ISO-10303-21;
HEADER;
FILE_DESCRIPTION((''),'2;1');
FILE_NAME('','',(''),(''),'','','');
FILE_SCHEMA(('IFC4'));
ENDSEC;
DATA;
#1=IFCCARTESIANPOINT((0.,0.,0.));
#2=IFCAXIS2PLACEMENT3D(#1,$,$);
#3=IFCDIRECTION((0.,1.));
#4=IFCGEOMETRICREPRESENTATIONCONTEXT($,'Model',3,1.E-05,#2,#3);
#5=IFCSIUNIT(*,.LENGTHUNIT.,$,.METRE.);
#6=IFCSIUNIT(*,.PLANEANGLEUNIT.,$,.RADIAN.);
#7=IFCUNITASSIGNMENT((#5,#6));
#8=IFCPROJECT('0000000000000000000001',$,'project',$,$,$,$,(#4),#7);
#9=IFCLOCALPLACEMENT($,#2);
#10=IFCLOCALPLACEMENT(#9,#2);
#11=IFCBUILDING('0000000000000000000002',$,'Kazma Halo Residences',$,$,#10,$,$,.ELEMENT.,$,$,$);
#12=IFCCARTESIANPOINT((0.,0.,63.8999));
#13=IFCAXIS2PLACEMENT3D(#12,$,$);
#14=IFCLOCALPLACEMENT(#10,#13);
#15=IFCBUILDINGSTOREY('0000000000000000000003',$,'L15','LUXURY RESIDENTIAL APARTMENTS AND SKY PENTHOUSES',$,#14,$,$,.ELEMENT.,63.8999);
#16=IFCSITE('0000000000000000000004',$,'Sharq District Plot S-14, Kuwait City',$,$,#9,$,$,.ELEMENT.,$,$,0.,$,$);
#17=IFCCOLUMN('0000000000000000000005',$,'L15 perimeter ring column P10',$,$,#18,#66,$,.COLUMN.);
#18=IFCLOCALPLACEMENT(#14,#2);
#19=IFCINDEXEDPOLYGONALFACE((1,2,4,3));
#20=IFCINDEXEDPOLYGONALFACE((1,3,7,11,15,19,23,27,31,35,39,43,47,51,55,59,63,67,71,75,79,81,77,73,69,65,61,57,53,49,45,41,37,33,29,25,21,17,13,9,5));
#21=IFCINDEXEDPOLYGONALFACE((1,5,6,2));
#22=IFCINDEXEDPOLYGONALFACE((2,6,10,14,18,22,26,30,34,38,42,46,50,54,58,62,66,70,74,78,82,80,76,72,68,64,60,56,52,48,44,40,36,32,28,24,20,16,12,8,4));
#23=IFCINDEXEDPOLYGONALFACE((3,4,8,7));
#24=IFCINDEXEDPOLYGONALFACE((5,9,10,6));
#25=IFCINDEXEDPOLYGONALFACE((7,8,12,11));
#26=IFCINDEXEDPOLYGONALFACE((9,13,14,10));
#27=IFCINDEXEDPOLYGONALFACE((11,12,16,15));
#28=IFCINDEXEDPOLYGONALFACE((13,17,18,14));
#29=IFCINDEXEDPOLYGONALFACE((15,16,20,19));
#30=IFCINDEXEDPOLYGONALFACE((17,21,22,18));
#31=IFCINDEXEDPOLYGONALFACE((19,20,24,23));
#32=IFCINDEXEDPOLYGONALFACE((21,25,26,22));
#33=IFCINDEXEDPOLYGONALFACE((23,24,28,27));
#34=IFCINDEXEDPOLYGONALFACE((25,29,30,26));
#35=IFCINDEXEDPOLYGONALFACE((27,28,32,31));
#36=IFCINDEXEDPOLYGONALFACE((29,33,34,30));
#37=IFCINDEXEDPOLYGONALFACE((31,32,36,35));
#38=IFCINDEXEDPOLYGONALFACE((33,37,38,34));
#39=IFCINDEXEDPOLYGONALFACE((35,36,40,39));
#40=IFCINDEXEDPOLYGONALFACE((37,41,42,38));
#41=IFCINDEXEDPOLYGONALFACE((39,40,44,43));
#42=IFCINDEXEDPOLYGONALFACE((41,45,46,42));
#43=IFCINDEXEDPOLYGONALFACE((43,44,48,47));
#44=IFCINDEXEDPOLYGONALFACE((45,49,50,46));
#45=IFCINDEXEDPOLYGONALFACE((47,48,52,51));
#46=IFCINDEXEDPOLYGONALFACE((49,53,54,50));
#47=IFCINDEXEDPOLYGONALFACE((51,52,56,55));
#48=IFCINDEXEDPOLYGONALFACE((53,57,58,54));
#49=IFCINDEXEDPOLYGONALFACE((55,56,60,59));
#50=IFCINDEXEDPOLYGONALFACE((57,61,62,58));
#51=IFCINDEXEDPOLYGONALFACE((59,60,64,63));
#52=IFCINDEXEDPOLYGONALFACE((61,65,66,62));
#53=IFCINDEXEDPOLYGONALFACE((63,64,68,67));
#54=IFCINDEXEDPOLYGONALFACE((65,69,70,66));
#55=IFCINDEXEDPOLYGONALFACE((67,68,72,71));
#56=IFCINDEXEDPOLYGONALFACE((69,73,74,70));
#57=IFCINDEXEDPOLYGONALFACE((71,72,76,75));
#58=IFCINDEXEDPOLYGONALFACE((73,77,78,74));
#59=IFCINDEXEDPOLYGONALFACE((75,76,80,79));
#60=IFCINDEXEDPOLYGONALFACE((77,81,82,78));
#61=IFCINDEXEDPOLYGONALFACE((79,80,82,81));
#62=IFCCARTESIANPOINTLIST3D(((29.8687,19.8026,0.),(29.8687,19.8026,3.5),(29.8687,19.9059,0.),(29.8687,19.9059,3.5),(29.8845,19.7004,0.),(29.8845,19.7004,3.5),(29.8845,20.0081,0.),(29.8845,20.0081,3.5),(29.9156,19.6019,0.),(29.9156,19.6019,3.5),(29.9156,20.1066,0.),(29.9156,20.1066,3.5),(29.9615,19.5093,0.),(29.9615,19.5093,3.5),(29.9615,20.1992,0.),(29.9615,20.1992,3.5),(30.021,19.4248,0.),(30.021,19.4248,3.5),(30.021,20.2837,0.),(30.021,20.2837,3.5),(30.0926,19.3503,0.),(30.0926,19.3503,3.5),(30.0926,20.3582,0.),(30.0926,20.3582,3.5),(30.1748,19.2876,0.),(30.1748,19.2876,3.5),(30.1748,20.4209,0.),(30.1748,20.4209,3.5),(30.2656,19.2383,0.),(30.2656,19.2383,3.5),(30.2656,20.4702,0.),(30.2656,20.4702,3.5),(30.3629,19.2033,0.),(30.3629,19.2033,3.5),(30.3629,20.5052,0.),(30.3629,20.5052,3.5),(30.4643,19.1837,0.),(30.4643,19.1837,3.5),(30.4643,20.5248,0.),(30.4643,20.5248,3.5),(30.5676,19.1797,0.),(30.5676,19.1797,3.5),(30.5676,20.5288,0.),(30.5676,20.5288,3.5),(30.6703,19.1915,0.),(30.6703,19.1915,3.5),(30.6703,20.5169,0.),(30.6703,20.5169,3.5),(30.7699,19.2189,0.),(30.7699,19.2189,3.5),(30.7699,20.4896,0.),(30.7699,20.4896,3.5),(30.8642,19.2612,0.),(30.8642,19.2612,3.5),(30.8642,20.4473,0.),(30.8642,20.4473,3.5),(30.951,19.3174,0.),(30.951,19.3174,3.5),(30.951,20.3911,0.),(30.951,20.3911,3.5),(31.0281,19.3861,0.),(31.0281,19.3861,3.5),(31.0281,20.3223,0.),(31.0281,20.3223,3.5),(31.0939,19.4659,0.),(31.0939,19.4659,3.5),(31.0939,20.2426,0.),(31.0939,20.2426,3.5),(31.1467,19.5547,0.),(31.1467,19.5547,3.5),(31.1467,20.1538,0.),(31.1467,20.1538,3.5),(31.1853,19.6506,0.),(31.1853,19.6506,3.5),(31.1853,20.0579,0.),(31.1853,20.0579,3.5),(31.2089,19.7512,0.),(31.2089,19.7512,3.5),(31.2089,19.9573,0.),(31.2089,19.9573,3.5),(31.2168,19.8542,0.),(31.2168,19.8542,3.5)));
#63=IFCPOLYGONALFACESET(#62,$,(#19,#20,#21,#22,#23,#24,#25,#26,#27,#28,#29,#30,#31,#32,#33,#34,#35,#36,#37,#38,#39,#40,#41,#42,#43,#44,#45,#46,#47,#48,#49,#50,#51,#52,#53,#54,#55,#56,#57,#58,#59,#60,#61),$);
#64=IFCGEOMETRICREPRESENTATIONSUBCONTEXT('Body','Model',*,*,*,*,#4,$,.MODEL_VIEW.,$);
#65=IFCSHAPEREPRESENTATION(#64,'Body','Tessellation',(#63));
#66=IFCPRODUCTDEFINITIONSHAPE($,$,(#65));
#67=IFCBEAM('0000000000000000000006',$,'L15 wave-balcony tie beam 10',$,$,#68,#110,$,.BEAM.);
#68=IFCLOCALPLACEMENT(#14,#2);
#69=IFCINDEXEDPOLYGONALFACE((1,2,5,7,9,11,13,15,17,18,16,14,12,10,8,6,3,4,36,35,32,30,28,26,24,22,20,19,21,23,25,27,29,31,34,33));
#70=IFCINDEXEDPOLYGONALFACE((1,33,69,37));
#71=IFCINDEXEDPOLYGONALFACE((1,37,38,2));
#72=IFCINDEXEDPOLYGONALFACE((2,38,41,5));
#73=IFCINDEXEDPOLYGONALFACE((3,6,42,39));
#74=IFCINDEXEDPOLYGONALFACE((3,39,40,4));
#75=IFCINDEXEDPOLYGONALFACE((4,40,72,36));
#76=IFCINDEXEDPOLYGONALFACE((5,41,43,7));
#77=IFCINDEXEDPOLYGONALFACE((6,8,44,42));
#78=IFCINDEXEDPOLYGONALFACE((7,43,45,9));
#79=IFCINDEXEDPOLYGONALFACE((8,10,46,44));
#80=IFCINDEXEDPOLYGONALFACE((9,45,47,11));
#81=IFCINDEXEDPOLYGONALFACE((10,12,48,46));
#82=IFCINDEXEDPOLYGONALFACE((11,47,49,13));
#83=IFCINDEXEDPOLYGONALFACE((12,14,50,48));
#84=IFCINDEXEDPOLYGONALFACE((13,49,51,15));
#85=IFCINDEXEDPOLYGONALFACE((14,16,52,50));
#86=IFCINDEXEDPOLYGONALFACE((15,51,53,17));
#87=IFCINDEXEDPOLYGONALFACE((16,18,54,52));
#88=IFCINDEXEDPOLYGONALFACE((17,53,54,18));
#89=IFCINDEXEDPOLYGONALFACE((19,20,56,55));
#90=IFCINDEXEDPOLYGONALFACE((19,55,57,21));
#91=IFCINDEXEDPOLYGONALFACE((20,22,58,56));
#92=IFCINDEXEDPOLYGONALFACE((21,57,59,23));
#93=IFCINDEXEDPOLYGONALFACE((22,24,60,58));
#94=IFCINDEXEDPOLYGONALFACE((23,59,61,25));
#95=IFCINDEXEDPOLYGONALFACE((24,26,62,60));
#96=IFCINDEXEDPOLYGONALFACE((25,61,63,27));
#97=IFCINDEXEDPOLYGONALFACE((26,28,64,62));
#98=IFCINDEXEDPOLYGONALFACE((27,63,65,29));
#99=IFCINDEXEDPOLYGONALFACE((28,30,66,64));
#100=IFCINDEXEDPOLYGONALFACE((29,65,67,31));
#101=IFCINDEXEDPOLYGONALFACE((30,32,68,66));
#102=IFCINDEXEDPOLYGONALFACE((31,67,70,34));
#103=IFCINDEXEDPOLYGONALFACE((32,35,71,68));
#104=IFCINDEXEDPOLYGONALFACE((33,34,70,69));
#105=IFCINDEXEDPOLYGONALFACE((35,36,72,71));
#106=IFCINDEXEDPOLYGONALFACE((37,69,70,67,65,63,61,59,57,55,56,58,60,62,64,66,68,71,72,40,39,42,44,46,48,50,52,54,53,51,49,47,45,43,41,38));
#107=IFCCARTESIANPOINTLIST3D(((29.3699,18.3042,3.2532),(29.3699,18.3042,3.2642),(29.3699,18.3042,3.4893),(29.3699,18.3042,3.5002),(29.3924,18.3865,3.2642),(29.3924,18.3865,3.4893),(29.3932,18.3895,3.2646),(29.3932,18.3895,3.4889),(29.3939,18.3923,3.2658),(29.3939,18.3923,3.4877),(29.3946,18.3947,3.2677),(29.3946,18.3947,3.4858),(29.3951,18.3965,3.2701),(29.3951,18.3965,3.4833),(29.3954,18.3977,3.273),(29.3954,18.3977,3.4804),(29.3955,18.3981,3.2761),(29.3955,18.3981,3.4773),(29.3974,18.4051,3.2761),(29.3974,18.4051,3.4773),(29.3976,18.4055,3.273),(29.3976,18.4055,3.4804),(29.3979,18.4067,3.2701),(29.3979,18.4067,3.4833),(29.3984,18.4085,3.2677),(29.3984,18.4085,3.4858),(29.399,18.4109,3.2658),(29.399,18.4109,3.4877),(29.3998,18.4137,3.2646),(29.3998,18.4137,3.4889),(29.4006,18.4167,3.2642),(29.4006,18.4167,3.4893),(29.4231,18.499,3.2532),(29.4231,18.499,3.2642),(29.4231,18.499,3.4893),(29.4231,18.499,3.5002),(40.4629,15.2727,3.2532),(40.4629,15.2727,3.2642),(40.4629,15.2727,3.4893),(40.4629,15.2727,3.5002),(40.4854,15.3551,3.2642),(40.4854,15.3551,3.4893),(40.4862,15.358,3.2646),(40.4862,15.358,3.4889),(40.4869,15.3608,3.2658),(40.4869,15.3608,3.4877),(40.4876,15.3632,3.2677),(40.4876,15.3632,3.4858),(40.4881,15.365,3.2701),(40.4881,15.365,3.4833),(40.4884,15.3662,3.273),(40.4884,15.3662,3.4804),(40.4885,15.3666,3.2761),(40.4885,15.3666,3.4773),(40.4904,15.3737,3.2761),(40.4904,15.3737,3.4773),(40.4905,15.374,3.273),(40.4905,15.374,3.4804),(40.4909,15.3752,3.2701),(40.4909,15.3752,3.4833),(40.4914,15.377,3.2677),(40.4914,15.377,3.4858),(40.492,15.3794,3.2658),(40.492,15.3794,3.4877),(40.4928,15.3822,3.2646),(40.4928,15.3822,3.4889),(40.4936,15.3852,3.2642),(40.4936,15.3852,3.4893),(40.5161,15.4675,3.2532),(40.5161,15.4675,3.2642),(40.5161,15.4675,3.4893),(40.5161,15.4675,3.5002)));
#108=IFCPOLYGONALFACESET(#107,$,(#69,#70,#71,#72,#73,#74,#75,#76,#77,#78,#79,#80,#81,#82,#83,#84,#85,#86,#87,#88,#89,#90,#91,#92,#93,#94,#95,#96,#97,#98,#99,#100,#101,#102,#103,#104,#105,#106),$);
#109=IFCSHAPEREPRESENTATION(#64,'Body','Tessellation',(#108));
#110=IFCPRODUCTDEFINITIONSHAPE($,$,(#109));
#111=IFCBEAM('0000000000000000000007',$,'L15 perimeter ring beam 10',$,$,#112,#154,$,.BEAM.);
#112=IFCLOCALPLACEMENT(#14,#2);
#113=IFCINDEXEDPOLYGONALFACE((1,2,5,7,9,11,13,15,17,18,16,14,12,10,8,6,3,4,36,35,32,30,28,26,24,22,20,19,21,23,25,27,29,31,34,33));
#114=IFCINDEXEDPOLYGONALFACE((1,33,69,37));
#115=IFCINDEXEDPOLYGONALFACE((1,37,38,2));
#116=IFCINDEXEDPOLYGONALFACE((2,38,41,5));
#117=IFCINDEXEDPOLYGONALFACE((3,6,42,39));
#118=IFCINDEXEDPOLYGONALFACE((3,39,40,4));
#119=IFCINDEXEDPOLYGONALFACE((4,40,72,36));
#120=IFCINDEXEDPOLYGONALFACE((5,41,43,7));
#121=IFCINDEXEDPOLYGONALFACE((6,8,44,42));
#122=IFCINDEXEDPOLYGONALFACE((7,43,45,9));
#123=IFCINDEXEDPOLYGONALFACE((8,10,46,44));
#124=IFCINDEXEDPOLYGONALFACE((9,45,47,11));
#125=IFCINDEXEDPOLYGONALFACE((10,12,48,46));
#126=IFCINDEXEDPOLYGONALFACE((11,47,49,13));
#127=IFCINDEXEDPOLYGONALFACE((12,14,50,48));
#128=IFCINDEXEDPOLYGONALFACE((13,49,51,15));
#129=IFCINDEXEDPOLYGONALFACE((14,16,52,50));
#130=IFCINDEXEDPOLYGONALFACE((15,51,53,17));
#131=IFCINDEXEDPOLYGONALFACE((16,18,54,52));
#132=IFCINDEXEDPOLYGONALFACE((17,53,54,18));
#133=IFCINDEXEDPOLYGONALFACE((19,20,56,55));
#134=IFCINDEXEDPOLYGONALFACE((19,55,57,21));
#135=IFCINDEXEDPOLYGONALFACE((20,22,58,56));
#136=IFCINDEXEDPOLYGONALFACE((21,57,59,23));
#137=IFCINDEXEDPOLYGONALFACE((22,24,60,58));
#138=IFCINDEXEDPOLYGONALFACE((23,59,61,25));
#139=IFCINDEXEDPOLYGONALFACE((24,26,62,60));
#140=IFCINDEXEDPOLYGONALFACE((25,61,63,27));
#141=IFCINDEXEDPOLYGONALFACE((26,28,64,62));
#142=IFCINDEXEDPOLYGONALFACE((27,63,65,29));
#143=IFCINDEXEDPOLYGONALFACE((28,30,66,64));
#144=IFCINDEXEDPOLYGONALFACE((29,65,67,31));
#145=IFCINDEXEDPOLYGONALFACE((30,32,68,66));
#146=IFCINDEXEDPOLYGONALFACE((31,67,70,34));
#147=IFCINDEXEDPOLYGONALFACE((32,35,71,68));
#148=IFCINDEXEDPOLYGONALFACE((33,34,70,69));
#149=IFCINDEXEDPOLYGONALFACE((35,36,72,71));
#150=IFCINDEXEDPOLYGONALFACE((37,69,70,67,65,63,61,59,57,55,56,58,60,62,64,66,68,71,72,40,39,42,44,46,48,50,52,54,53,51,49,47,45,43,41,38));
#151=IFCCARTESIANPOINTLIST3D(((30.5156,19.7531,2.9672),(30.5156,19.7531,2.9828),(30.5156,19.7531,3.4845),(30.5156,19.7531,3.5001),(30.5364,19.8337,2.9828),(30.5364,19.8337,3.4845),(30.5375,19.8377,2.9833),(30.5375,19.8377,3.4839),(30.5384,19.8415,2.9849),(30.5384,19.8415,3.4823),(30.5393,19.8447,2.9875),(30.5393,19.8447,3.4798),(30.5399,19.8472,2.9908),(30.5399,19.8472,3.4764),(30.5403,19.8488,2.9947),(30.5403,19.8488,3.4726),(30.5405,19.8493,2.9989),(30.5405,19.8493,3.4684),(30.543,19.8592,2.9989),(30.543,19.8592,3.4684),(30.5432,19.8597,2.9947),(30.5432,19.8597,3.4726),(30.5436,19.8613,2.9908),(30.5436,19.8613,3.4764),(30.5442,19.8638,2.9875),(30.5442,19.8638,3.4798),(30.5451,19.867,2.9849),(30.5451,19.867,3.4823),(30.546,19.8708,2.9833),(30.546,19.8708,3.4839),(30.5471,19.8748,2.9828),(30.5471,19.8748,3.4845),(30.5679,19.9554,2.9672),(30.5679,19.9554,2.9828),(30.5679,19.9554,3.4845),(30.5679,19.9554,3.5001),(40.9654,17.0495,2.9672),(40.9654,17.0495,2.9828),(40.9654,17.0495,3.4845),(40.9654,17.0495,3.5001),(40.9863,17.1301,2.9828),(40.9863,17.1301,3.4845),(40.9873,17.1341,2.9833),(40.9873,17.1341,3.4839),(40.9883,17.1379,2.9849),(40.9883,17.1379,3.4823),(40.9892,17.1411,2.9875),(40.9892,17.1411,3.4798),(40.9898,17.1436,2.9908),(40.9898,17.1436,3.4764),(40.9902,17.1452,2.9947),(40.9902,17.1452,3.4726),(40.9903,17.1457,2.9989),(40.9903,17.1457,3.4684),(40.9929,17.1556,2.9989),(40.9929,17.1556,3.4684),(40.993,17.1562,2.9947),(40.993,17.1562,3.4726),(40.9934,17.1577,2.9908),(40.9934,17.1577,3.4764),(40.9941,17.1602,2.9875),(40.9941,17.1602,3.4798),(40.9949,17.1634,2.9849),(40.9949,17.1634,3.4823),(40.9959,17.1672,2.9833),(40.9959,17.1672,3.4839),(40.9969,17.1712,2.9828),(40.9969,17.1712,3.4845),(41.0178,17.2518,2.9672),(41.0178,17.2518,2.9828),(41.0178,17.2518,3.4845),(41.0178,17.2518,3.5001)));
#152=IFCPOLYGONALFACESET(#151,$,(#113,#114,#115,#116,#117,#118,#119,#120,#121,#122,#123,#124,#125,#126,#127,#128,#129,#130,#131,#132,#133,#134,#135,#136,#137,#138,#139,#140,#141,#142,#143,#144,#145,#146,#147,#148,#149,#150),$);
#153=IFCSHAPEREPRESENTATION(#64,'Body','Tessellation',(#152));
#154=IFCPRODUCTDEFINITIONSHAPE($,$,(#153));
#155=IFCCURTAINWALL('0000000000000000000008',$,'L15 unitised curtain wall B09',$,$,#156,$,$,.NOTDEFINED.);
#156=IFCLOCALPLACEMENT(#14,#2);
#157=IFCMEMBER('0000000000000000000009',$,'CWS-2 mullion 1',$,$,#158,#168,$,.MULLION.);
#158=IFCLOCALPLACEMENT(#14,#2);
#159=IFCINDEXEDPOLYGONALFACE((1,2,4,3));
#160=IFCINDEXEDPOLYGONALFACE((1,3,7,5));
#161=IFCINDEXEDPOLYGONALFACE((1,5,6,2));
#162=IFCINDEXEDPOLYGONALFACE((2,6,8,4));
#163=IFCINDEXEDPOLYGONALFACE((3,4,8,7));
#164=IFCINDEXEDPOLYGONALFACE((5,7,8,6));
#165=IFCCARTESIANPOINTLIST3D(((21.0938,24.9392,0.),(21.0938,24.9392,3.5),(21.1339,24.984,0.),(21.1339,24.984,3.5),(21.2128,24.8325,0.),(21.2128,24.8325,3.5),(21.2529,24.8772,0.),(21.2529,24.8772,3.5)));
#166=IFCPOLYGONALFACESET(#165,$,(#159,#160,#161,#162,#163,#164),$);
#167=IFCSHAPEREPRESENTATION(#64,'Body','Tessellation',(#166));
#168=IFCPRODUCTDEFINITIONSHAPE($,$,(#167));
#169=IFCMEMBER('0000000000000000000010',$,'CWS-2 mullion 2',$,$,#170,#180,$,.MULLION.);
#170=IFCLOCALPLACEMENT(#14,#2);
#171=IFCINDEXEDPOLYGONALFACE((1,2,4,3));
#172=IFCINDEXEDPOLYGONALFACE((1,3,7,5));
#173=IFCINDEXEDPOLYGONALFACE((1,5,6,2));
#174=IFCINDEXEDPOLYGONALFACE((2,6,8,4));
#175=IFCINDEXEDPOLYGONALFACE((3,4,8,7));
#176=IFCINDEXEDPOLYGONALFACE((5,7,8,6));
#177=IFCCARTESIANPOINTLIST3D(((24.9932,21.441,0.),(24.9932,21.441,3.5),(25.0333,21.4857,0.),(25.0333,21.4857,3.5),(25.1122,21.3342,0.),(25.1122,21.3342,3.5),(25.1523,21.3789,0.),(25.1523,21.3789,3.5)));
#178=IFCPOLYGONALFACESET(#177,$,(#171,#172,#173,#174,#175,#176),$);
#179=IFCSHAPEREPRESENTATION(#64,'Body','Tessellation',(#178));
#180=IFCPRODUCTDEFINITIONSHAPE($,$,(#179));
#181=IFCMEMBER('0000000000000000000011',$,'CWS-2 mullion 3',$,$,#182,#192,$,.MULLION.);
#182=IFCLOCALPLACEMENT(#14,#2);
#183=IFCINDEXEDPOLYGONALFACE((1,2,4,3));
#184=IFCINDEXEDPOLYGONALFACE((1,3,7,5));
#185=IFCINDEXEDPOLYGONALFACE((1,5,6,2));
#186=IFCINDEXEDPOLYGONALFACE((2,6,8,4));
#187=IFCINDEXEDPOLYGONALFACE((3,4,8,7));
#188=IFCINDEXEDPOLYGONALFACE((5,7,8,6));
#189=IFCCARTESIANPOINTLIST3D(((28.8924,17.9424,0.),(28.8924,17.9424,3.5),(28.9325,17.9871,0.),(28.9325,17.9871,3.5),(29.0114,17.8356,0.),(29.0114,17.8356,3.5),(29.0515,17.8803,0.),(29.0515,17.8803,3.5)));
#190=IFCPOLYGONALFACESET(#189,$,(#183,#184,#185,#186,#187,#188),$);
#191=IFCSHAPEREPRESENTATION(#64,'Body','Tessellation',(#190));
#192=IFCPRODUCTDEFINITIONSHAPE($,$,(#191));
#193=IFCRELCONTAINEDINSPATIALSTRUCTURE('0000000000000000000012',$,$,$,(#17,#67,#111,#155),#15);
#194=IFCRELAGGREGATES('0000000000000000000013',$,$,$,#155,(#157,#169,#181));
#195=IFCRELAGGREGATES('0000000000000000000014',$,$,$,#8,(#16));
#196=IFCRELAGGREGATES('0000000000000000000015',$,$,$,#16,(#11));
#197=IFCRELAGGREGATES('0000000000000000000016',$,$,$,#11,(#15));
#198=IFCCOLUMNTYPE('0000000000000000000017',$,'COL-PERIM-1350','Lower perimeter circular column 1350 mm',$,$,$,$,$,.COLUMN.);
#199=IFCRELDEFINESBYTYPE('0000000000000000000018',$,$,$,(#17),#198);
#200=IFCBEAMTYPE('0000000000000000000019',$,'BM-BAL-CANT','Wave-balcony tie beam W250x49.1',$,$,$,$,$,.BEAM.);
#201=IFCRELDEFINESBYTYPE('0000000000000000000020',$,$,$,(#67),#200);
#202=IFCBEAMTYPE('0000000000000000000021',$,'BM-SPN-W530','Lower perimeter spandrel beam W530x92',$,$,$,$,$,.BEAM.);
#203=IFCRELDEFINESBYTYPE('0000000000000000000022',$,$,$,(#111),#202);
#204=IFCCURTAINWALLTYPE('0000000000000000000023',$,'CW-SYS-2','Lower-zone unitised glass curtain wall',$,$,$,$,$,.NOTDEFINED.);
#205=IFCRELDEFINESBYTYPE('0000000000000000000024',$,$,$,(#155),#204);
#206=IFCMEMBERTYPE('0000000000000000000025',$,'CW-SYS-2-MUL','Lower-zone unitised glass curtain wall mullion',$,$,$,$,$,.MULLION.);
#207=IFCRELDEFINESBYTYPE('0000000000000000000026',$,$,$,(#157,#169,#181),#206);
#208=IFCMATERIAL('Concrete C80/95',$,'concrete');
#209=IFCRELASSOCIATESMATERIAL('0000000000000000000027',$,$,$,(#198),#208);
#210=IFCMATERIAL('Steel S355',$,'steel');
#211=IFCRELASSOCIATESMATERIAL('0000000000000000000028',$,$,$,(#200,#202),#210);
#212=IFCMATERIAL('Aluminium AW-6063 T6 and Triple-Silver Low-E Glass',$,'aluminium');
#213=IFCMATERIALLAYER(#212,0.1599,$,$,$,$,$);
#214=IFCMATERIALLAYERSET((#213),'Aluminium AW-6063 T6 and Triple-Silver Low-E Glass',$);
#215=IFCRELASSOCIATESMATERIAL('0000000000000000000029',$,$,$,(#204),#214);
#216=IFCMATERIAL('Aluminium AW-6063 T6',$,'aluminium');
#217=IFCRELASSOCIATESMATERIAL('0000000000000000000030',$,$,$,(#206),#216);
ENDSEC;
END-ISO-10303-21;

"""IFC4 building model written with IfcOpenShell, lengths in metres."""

from ifc_helpers import new_model, si_unit, direction, frame, origin, origin_2d, place, context, subcontext, project, spatial, rectangle, circle, i_section, extrude, material, layer, layer_set, material_profile, profile_set, type_object, element, aggregate, save


model = new_model("IFC4")

# Units and contexts
model_context = context("Model", 3, precision=1e-05, world=origin(), true_north=direction((0.0, 1.0)))
body_context = subcontext(model_context, "Body", "Model", "MODEL_VIEW")
ifc_project = project(units=[si_unit("LENGTHUNIT", "METRE"), si_unit("PLANEANGLEUNIT", "RADIAN")], contexts=[model_context])

# Site, building, storey
site_placement = place(None, origin())
site = spatial("IfcSite", under=ifc_project, at=site_placement, Name="Sharq District Plot S-14, Kuwait City", CompositionType="ELEMENT", RefElevation=0.0)
building_placement = place(site_placement, origin())
building = spatial("IfcBuilding", under=site, at=building_placement, Name="Kazma Halo Residences", CompositionType="ELEMENT")
storey_placement = place(building_placement, frame((0.0, 0.0, 63.8999)))
storey = spatial("IfcBuildingStorey", under=building, at=storey_placement, Name="L15", Description="LUXURY RESIDENTIAL APARTMENTS AND SKY PENTHOUSES", CompositionType="ELEMENT", Elevation=63.8999)

# Column
ifc_material_1 = material(Name="Concrete C80/95", Category="concrete")
ifc_material_profile_1 = material_profile(ifc_material_1, circle(Radius=0.675, at=origin_2d()), Name="CIRC1350")
ifc_profile_set_1 = profile_set([ifc_material_profile_1], Name="Concrete C80/95")
column_type = type_object("IfcColumnType", Name="COL-PERIM-1350", Description="Lower perimeter circular column 1350 mm", PredefinedType="COLUMN", material=ifc_profile_set_1)
column_placement = place(storey_placement, frame((30.5417, 19.8542, 0.0), z_axis=(0.0, 0.0, 1.0), x_axis=(1.0, 0.0, 0.0)))
element("IfcColumn", 1, at=column_placement, inside=storey, type_object=column_type, Name="L15 perimeter ring column P10", PredefinedType="COLUMN", context=body_context, shape_type="SweptSolid", body=[
    extrude(circle(Radius=0.675, at=origin_2d()), origin(), (0.0, 0.0, 1.0), 3.5),
])

# Beams
ifc_material_2 = material(Name="Steel S355", Category="steel")
ifc_material_profile_2 = material_profile(ifc_material_2, i_section(OverallWidth=0.2019, OverallDepth=0.2471, WebThickness=0.0073, FlangeThickness=0.011, FilletRadius=0.012, at=origin_2d()), Name="W250x49.1")
ifc_profile_set_2 = profile_set([ifc_material_profile_2], Name="Steel S355")
beam_type_1 = type_object("IfcBeamType", Name="BM-BAL-CANT", Description="Wave-balcony tie beam W250x49.1", PredefinedType="BEAM", material=ifc_profile_set_2)
beam_1_placement = place(storey_placement, frame((29.3965, 18.4016, 3.3767), z_axis=(0.964628, -0.263613, 0.0), x_axis=(0.263613, 0.964628, 0.0)))
element("IfcBeam", 2, at=beam_1_placement, inside=storey, type_object=beam_type_1, Name="L15 wave-balcony tie beam 10", PredefinedType="BEAM", context=body_context, shape_type="SweptSolid", body=[
    extrude(i_section(OverallWidth=0.2019, OverallDepth=0.2471, WebThickness=0.0073, FlangeThickness=0.011, FilletRadius=0.012, at=origin_2d()), origin(), (0.0, 0.0, 1.0), 11.4998),
])
ifc_material_profile_3 = material_profile(ifc_material_2, i_section(OverallWidth=0.209, OverallDepth=0.533, WebThickness=0.0103, FlangeThickness=0.0156, FilletRadius=0.0161, at=origin_2d()), Name="W530x92")
ifc_profile_set_3 = profile_set([ifc_material_profile_3], Name="Steel S355")
beam_type_2 = type_object("IfcBeamType", Name="BM-SPN-W530", Description="Lower perimeter spandrel beam W530x92", PredefinedType="BEAM", material=ifc_profile_set_3)
beam_2_placement = place(storey_placement, frame((30.5417, 19.8542, 3.2336), z_axis=(0.968124, -0.250473, 0.0), x_axis=(0.250473, 0.968124, 0.0)))
element("IfcBeam", 3, at=beam_2_placement, inside=storey, type_object=beam_type_2, Name="L15 perimeter ring beam 10", PredefinedType="BEAM", context=body_context, shape_type="SweptSolid", body=[
    extrude(i_section(OverallWidth=0.209, OverallDepth=0.533, WebThickness=0.0103, FlangeThickness=0.0156, FilletRadius=0.0161, at=origin_2d()), origin(), (0.0, 0.0, 1.0), 10.7939),
])

# Curtain wall, members
ifc_material_3 = material(Name="Aluminium AW-6063 T6 and Triple-Silver Low-E Glass", Category="aluminium")
ifc_layer_1 = layer(ifc_material_3, 0.1599)
ifc_layer_set_1 = layer_set([ifc_layer_1], Name="Aluminium AW-6063 T6 and Triple-Silver Low-E Glass")
curtain_wall_type = type_object("IfcCurtainWallType", Name="CW-SYS-2", Description="Lower-zone unitised glass curtain wall", PredefinedType="NOTDEFINED", material=ifc_layer_set_1)
curtain_wall_placement = place(storey_placement, origin())
curtain_wall = element("IfcCurtainWall", 4, at=curtain_wall_placement, inside=storey, type_object=curtain_wall_type, Name="L15 unitised curtain wall B09", PredefinedType="NOTDEFINED")
ifc_material_4 = material(Name="Aluminium AW-6063 T6", Category="aluminium")
ifc_material_profile_4 = material_profile(ifc_material_4, rectangle(XDim=0.0601, YDim=0.1599, at=origin_2d()), Name="CWM-60x160")
ifc_profile_set_4 = profile_set([ifc_material_profile_4], Name="Aluminium AW-6063 T6")
member_type_1 = type_object("IfcMemberType", Name="CW-SYS-2-MUL", Description="Lower-zone unitised glass curtain wall mullion", PredefinedType="MULLION", material=ifc_profile_set_4)
member_1_placement = place(storey_placement, frame((21.1733, 24.9082, 0.0), z_axis=(0.0, 0.0, 1.0), x_axis=(0.667821, 0.744322, 0.0)))
member_1 = element("IfcMember", 5, at=member_1_placement, type_object=member_type_1, Name="CWS-2 mullion 1", PredefinedType="MULLION", context=body_context, shape_type="SweptSolid", body=[
    extrude(rectangle(XDim=0.0601, YDim=0.1599, at=origin_2d()), origin(), (0.0, 0.0, 1.0), 3.5),
])
member_2_placement = place(storey_placement, frame((25.0728, 21.4099, 0.0), z_axis=(0.0, 0.0, 1.0), x_axis=(0.667821, 0.744322, 0.0)))
member_2 = element("IfcMember", 6, at=member_2_placement, type_object=member_type_1, Name="CWS-2 mullion 2", PredefinedType="MULLION", context=body_context, shape_type="SweptSolid", body=[
    extrude(rectangle(XDim=0.0601, YDim=0.1599, at=origin_2d()), origin(), (0.0, 0.0, 1.0), 3.5),
])
member_3_placement = place(storey_placement, frame((28.9719, 17.9114, 0.0), z_axis=(0.0, 0.0, 1.0), x_axis=(0.667821, 0.744322, 0.0)))
member_3 = element("IfcMember", 7, at=member_3_placement, type_object=member_type_1, Name="CWS-2 mullion 3", PredefinedType="MULLION", context=body_context, shape_type="SweptSolid", body=[
    extrude(rectangle(XDim=0.0601, YDim=0.1599, at=origin_2d()), origin(), (0.0, 0.0, 1.0), 3.5),
])
aggregate(curtain_wall, [member_1, member_2, member_3])

save(model, "model.ifc")
